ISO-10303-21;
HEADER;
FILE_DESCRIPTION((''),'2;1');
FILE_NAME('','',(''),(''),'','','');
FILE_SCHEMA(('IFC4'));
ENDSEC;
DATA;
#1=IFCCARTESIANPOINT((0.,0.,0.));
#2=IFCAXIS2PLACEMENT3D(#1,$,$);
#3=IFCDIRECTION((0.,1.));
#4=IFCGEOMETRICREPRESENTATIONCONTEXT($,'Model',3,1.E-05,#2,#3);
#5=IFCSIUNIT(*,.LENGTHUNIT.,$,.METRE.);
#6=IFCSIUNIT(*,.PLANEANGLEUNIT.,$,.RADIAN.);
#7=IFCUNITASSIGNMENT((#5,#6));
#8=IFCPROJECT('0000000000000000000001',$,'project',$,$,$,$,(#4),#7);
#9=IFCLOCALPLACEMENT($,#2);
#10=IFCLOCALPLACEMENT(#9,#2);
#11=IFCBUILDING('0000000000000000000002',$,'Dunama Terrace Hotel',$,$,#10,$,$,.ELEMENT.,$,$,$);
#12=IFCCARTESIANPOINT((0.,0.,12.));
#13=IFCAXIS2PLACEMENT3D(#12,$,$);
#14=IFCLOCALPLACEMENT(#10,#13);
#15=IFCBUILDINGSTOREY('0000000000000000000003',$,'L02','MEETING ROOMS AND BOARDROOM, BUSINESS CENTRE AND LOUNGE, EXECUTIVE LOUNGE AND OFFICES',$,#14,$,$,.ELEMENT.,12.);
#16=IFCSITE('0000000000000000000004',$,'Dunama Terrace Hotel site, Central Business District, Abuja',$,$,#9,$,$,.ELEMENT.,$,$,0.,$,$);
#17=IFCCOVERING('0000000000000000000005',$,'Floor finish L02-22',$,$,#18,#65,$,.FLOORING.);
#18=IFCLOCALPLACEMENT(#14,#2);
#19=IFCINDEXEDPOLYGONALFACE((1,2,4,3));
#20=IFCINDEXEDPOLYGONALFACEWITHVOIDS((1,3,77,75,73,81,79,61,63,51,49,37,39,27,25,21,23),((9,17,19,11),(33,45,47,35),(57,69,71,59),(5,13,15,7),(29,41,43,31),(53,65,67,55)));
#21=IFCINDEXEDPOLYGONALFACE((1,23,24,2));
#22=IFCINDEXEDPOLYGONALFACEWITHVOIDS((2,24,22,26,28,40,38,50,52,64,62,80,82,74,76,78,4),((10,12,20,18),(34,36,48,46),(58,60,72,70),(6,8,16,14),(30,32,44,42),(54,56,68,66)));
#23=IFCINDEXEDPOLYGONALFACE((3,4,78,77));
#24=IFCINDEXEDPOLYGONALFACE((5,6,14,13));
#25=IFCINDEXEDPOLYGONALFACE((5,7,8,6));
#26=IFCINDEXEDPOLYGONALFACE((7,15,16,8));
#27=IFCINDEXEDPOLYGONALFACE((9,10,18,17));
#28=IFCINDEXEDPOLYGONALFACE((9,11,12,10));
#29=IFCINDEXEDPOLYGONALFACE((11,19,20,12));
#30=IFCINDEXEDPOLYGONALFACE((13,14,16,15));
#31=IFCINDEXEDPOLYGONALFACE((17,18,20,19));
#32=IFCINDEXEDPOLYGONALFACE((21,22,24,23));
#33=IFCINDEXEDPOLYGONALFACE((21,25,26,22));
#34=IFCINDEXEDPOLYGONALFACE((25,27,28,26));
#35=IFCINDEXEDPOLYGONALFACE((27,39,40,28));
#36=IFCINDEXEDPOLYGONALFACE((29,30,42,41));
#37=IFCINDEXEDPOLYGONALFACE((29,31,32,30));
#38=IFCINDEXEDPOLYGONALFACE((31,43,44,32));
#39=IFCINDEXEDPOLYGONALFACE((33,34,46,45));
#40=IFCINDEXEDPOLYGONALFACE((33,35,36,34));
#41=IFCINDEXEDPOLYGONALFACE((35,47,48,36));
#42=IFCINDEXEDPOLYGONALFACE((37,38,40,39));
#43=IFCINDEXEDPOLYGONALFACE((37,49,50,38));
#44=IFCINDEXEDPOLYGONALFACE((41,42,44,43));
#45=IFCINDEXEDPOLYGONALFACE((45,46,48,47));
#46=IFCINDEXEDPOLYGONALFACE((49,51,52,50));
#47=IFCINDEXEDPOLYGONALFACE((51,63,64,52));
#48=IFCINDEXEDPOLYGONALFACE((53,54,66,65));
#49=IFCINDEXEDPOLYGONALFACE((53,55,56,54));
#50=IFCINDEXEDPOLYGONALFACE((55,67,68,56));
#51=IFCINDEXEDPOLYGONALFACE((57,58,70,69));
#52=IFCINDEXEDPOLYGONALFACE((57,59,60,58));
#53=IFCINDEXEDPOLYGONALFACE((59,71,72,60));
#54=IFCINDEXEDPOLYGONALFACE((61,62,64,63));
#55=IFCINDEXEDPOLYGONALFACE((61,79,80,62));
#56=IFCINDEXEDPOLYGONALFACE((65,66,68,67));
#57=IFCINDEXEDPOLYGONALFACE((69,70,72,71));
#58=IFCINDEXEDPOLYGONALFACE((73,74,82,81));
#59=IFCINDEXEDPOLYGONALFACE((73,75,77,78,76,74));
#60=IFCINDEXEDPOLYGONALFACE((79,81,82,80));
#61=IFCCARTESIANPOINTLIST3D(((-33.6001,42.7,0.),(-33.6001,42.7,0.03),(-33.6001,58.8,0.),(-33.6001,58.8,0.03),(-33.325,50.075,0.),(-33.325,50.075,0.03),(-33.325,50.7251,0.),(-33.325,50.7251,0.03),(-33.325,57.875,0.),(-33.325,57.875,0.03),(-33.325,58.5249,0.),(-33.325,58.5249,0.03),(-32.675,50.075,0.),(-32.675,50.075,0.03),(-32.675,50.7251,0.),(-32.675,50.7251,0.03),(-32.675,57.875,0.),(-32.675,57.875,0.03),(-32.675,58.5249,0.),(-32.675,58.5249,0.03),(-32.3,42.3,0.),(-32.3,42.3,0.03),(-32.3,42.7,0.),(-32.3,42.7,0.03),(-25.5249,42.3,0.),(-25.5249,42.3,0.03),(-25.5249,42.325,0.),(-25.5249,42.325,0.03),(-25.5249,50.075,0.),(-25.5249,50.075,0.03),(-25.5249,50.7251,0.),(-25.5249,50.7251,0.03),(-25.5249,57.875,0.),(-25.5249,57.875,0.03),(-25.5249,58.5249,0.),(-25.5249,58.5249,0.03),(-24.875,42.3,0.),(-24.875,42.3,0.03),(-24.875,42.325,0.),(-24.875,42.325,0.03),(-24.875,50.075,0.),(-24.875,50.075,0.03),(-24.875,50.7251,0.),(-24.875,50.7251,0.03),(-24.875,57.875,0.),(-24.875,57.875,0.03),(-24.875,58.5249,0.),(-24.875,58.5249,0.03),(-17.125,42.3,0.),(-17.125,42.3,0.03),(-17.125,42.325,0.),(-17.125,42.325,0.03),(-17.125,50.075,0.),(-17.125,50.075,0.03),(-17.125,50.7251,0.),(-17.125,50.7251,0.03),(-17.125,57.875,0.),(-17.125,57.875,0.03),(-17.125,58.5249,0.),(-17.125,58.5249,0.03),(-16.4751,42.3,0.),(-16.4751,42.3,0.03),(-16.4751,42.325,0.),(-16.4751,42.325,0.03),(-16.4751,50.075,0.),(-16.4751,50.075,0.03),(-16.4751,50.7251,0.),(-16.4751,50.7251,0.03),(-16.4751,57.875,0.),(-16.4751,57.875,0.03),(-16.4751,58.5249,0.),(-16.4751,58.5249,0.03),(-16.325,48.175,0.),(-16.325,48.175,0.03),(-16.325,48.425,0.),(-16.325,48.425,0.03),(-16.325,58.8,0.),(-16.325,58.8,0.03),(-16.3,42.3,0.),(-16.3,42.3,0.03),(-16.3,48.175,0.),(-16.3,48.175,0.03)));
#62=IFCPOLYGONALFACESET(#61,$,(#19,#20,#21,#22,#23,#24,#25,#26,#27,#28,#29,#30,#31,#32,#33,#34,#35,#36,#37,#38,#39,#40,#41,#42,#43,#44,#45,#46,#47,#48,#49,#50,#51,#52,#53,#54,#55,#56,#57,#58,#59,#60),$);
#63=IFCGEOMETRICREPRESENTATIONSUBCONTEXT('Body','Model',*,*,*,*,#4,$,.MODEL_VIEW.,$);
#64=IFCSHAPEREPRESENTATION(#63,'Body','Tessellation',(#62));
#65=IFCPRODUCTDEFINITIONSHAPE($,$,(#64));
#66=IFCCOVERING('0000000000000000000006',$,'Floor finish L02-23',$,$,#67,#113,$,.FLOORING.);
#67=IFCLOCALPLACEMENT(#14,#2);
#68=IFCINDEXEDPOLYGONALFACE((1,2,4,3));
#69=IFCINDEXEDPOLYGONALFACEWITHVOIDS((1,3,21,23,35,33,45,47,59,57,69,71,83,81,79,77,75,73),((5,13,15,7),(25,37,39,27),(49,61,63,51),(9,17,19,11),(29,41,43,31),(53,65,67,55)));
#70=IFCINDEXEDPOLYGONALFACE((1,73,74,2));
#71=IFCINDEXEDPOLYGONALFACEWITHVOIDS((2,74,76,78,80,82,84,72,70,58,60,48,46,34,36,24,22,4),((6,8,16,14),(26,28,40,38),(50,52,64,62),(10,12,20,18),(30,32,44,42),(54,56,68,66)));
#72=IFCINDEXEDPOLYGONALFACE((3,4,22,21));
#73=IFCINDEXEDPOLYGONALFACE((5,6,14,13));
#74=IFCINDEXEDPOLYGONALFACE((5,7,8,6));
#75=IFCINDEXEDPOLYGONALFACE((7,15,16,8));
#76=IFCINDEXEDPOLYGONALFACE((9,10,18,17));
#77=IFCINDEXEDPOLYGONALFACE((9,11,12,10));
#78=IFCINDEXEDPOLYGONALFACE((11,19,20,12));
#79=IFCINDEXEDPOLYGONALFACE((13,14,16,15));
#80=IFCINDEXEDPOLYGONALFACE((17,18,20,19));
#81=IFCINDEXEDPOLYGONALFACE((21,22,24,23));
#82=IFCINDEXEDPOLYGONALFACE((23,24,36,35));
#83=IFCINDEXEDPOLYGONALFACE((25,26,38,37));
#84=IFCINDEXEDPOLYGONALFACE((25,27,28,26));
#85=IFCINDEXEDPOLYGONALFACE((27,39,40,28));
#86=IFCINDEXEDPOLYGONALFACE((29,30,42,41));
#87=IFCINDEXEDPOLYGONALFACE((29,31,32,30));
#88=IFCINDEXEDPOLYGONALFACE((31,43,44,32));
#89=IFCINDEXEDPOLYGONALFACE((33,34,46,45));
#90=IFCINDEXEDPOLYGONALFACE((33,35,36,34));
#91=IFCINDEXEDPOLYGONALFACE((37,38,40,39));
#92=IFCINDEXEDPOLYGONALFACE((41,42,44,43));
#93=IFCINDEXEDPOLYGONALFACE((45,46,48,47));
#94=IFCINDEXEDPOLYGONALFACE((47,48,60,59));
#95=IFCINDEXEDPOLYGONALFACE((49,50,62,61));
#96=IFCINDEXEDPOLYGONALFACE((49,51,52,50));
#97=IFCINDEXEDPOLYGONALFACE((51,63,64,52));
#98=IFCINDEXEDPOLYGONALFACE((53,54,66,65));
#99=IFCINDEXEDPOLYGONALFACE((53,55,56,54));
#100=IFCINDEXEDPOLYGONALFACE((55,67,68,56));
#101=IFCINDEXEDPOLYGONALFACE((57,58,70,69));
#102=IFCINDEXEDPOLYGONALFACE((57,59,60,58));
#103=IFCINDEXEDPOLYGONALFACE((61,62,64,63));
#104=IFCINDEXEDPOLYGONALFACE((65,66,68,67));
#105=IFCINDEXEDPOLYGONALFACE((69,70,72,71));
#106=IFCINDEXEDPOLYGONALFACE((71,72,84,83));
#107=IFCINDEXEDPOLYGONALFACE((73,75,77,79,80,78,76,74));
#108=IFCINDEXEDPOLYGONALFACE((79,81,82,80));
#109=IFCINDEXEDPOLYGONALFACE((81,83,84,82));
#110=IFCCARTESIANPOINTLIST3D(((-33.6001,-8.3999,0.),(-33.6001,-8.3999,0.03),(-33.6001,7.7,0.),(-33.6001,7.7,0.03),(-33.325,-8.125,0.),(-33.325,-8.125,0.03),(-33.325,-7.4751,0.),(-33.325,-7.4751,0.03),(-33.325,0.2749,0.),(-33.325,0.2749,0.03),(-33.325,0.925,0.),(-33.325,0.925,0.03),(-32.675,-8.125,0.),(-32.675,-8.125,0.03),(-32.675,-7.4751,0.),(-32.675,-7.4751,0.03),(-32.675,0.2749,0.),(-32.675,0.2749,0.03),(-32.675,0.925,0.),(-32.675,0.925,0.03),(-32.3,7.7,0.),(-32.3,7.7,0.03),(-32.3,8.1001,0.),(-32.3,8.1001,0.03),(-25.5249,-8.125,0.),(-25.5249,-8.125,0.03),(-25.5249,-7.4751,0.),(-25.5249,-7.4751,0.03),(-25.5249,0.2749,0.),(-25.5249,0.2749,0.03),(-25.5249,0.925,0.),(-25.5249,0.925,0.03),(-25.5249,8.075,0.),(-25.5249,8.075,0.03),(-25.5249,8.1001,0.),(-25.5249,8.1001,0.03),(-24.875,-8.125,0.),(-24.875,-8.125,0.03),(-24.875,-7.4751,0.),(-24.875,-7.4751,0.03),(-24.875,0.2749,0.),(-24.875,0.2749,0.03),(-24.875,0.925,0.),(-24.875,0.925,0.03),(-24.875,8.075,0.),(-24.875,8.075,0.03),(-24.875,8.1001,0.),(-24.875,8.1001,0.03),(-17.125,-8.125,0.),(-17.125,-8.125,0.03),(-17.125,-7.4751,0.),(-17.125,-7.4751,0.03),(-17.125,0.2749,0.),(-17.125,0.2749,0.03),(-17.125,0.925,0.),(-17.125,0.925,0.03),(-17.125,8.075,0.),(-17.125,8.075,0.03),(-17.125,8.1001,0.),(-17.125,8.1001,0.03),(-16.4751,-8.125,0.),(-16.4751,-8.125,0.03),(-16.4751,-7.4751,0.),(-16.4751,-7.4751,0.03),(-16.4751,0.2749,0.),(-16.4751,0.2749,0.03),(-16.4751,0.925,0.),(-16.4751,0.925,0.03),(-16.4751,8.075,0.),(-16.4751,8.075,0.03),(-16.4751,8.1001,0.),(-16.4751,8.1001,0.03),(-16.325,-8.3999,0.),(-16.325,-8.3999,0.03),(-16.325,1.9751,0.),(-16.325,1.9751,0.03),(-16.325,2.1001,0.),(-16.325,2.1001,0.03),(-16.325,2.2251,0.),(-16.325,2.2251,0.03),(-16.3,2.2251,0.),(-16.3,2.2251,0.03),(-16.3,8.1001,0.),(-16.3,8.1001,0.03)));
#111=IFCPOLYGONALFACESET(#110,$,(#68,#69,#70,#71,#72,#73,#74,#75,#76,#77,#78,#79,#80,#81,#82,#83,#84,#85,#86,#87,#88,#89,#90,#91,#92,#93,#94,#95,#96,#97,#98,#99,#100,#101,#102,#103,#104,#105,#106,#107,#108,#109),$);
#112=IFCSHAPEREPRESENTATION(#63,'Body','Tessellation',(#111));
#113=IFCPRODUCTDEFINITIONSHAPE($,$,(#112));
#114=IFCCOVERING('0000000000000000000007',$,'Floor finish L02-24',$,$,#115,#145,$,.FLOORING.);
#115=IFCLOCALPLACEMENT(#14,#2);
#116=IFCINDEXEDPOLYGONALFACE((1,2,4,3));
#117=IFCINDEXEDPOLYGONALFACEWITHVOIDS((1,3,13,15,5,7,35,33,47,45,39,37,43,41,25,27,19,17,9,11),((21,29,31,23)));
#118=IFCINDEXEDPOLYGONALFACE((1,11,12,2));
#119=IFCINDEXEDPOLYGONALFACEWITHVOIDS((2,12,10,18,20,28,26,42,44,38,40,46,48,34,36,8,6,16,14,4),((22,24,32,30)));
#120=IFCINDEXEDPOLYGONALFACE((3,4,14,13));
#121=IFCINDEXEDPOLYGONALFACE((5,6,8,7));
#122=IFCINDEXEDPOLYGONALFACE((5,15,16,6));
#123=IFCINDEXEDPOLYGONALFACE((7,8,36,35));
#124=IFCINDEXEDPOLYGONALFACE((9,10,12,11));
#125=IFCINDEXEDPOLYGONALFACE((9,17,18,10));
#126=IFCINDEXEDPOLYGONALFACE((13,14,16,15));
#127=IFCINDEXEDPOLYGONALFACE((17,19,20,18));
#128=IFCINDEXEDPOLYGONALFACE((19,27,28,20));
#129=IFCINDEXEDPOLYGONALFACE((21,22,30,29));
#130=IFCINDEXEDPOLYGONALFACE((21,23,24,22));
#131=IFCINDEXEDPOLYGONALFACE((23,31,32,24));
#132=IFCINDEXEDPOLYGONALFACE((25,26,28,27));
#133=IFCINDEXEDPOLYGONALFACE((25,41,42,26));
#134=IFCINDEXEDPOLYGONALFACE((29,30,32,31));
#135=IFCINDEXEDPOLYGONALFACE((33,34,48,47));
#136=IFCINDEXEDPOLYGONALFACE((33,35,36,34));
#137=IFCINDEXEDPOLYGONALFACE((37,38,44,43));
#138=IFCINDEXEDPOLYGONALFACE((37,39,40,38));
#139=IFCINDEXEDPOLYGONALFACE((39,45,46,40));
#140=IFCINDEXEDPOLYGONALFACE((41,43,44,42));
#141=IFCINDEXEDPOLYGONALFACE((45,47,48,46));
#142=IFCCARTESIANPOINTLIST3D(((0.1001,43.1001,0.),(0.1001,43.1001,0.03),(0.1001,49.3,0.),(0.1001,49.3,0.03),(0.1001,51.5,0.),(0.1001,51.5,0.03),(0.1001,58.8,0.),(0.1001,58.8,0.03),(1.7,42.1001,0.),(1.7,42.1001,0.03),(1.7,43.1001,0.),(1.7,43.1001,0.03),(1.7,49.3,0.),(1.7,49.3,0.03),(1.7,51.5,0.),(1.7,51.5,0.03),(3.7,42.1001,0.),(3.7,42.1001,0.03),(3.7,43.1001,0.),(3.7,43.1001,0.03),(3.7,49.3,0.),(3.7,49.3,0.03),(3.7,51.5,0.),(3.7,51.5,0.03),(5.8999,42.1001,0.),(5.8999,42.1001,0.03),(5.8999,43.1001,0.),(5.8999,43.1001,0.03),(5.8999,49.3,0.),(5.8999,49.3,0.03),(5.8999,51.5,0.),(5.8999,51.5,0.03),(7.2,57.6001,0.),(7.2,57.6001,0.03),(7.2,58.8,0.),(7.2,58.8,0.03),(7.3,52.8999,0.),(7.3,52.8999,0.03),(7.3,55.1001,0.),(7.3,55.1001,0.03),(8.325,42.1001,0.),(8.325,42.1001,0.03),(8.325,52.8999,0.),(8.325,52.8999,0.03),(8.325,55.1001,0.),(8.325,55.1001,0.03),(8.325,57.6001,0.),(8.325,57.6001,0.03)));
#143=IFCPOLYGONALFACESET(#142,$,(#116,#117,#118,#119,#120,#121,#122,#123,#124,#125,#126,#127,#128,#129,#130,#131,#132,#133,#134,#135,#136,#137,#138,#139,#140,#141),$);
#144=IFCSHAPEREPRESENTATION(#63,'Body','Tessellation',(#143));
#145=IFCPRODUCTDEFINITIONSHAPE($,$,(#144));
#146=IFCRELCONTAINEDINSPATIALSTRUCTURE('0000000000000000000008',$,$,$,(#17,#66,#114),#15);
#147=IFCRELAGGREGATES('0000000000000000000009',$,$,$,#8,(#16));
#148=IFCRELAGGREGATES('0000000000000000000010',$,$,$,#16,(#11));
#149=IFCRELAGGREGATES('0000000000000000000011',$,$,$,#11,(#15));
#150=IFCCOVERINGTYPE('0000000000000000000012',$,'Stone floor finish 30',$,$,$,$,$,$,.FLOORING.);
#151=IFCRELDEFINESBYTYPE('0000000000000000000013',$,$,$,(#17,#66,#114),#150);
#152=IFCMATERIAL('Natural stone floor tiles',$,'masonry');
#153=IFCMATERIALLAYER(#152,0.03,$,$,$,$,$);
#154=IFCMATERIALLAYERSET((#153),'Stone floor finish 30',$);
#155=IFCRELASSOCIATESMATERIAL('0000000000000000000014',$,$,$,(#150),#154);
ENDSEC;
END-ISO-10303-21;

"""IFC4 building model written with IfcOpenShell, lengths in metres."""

from ifc_helpers import new_model, si_unit, direction, frame, origin, place, context, subcontext, project, spatial, polyline, outline, extrude, material, layer, layer_set, type_object, element, save


model = new_model("IFC4")

# Units and contexts
model_context = context("Model", 3, precision=1e-05, world=origin(), true_north=direction((0.0, 1.0)))
body_context = subcontext(model_context, "Body", "Model", "MODEL_VIEW")
ifc_project = project(units=[si_unit("LENGTHUNIT", "METRE"), si_unit("PLANEANGLEUNIT", "RADIAN")], contexts=[model_context])

# Site, building, storey
site_placement = place(None, origin())
site = spatial("IfcSite", under=ifc_project, at=site_placement, Name="Dunama Terrace Hotel site, Central Business District, Abuja", CompositionType="ELEMENT", RefElevation=0.0)
building_placement = place(site_placement, origin())
building = spatial("IfcBuilding", under=site, at=building_placement, Name="Dunama Terrace Hotel", CompositionType="ELEMENT")
storey_placement = place(building_placement, frame((0.0, 0.0, 12.0)))
storey = spatial("IfcBuildingStorey", under=building, at=storey_placement, Name="L02", Description="MEETING ROOMS AND BOARDROOM, BUSINESS CENTRE AND LOUNGE, EXECUTIVE LOUNGE AND OFFICES", CompositionType="ELEMENT", Elevation=12.0)

# Coverings
ifc_material_1 = material(Name="Natural stone floor tiles", Category="masonry")
ifc_layer_1 = layer(ifc_material_1, 0.03)
ifc_layer_set_1 = layer_set([ifc_layer_1], Name="Stone floor finish 30")
covering_type_1 = type_object("IfcCoveringType", Name="Stone floor finish 30", PredefinedType="FLOORING", material=ifc_layer_set_1)
covering_1_placement = place(storey_placement, origin())
element("IfcCovering", 1, at=covering_1_placement, inside=storey, type_object=covering_type_1, Name="Floor finish L02-22", PredefinedType="FLOORING", context=body_context, shape_type="SweptSolid", body=[
    extrude(outline(polyline([(-33.6001, 58.8), (-33.6001, 42.7), (-32.3, 42.7), (-32.3, 42.3), (-25.5249, 42.3), (-25.5249, 42.325), (-24.875, 42.325), (-24.875, 42.3), (-17.125, 42.3), (-17.125, 42.325), (-16.4751, 42.325), (-16.4751, 42.3), (-16.3, 42.3), (-16.3, 48.175), (-16.325, 48.175), (-16.325, 48.425), (-16.325, 58.8), (-33.6001, 58.8)]), holes=[polyline([(-16.4751, 50.7251), (-16.4751, 50.075), (-17.125, 50.075), (-17.125, 50.7251), (-16.4751, 50.7251)]), polyline([(-32.675, 50.7251), (-32.675, 50.075), (-33.325, 50.075), (-33.325, 50.7251), (-32.675, 50.7251)]), polyline([(-24.875, 50.7251), (-24.875, 50.075), (-25.5249, 50.075), (-25.5249, 50.7251), (-24.875, 50.7251)]), polyline([(-33.325, 58.5249), (-32.675, 58.5249), (-32.675, 57.875), (-33.325, 57.875), (-33.325, 58.5249)]), polyline([(-16.4751, 58.5249), (-16.4751, 57.875), (-17.125, 57.875), (-17.125, 58.5249), (-16.4751, 58.5249)]), polyline([(-25.5249, 58.5249), (-24.875, 58.5249), (-24.875, 57.875), (-25.5249, 57.875), (-25.5249, 58.5249)])]), origin(), (0.0, 0.0, 1.0), 0.03),
])
covering_2_placement = place(storey_placement, origin())
element("IfcCovering", 2, at=covering_2_placement, inside=storey, type_object=covering_type_1, Name="Floor finish L02-23", PredefinedType="FLOORING", context=body_context, shape_type="SweptSolid", body=[
    extrude(outline(polyline([(-33.6001, -8.3999), (-16.325, -8.3999), (-16.325, 1.9751), (-16.325, 2.1001), (-16.325, 2.2251), (-16.3, 2.2251), (-16.3, 8.1001), (-16.4751, 8.1001), (-16.4751, 8.075), (-17.125, 8.075), (-17.125, 8.1001), (-24.875, 8.1001), (-24.875, 8.075), (-25.5249, 8.075), (-25.5249, 8.1001), (-32.3, 8.1001), (-32.3, 7.7), (-33.6001, 7.7), (-33.6001, -8.3999)]), holes=[polyline([(-32.675, -7.4751), (-32.675, -8.125), (-33.325, -8.125), (-33.325, -7.4751), (-32.675, -7.4751)]), polyline([(-16.4751, -7.4751), (-16.4751, -8.125), (-17.125, -8.125), (-17.125, -7.4751), (-16.4751, -7.4751)]), polyline([(-25.5249, -7.4751), (-24.875, -7.4751), (-24.875, -8.125), (-25.5249, -8.125), (-25.5249, -7.4751)]), polyline([(-32.675, 0.925), (-32.675, 0.2749), (-33.325, 0.2749), (-33.325, 0.925), (-32.675, 0.925)]), polyline([(-16.4751, 0.925), (-16.4751, 0.2749), (-17.125, 0.2749), (-17.125, 0.925), (-16.4751, 0.925)]), polyline([(-25.5249, 0.925), (-24.875, 0.925), (-24.875, 0.2749), (-25.5249, 0.2749), (-25.5249, 0.925)])]), origin(), (0.0, 0.0, 1.0), 0.03),
])
covering_3_placement = place(storey_placement, origin())
element("IfcCovering", 3, at=covering_3_placement, inside=storey, type_object=covering_type_1, Name="Floor finish L02-24", PredefinedType="FLOORING", context=body_context, shape_type="SweptSolid", body=[
    extrude(outline(polyline([(7.2, 58.8), (0.1001, 58.8), (0.1001, 51.5), (1.7, 51.5), (1.7, 49.3), (0.1001, 49.3), (0.1001, 43.1001), (1.7, 43.1001), (1.7, 42.1001), (3.7, 42.1001), (3.7, 43.1001), (5.8999, 43.1001), (5.8999, 42.1001), (8.325, 42.1001), (8.325, 52.8999), (7.3, 52.8999), (7.3, 55.1001), (8.325, 55.1001), (8.325, 57.6001), (7.2, 57.6001), (7.2, 58.8)]), holes=[polyline([(5.8999, 51.5), (5.8999, 49.3), (3.7, 49.3), (3.7, 51.5), (5.8999, 51.5)])]), origin(), (0.0, 0.0, 1.0), 0.03),
])

save(model, "model.ifc")
